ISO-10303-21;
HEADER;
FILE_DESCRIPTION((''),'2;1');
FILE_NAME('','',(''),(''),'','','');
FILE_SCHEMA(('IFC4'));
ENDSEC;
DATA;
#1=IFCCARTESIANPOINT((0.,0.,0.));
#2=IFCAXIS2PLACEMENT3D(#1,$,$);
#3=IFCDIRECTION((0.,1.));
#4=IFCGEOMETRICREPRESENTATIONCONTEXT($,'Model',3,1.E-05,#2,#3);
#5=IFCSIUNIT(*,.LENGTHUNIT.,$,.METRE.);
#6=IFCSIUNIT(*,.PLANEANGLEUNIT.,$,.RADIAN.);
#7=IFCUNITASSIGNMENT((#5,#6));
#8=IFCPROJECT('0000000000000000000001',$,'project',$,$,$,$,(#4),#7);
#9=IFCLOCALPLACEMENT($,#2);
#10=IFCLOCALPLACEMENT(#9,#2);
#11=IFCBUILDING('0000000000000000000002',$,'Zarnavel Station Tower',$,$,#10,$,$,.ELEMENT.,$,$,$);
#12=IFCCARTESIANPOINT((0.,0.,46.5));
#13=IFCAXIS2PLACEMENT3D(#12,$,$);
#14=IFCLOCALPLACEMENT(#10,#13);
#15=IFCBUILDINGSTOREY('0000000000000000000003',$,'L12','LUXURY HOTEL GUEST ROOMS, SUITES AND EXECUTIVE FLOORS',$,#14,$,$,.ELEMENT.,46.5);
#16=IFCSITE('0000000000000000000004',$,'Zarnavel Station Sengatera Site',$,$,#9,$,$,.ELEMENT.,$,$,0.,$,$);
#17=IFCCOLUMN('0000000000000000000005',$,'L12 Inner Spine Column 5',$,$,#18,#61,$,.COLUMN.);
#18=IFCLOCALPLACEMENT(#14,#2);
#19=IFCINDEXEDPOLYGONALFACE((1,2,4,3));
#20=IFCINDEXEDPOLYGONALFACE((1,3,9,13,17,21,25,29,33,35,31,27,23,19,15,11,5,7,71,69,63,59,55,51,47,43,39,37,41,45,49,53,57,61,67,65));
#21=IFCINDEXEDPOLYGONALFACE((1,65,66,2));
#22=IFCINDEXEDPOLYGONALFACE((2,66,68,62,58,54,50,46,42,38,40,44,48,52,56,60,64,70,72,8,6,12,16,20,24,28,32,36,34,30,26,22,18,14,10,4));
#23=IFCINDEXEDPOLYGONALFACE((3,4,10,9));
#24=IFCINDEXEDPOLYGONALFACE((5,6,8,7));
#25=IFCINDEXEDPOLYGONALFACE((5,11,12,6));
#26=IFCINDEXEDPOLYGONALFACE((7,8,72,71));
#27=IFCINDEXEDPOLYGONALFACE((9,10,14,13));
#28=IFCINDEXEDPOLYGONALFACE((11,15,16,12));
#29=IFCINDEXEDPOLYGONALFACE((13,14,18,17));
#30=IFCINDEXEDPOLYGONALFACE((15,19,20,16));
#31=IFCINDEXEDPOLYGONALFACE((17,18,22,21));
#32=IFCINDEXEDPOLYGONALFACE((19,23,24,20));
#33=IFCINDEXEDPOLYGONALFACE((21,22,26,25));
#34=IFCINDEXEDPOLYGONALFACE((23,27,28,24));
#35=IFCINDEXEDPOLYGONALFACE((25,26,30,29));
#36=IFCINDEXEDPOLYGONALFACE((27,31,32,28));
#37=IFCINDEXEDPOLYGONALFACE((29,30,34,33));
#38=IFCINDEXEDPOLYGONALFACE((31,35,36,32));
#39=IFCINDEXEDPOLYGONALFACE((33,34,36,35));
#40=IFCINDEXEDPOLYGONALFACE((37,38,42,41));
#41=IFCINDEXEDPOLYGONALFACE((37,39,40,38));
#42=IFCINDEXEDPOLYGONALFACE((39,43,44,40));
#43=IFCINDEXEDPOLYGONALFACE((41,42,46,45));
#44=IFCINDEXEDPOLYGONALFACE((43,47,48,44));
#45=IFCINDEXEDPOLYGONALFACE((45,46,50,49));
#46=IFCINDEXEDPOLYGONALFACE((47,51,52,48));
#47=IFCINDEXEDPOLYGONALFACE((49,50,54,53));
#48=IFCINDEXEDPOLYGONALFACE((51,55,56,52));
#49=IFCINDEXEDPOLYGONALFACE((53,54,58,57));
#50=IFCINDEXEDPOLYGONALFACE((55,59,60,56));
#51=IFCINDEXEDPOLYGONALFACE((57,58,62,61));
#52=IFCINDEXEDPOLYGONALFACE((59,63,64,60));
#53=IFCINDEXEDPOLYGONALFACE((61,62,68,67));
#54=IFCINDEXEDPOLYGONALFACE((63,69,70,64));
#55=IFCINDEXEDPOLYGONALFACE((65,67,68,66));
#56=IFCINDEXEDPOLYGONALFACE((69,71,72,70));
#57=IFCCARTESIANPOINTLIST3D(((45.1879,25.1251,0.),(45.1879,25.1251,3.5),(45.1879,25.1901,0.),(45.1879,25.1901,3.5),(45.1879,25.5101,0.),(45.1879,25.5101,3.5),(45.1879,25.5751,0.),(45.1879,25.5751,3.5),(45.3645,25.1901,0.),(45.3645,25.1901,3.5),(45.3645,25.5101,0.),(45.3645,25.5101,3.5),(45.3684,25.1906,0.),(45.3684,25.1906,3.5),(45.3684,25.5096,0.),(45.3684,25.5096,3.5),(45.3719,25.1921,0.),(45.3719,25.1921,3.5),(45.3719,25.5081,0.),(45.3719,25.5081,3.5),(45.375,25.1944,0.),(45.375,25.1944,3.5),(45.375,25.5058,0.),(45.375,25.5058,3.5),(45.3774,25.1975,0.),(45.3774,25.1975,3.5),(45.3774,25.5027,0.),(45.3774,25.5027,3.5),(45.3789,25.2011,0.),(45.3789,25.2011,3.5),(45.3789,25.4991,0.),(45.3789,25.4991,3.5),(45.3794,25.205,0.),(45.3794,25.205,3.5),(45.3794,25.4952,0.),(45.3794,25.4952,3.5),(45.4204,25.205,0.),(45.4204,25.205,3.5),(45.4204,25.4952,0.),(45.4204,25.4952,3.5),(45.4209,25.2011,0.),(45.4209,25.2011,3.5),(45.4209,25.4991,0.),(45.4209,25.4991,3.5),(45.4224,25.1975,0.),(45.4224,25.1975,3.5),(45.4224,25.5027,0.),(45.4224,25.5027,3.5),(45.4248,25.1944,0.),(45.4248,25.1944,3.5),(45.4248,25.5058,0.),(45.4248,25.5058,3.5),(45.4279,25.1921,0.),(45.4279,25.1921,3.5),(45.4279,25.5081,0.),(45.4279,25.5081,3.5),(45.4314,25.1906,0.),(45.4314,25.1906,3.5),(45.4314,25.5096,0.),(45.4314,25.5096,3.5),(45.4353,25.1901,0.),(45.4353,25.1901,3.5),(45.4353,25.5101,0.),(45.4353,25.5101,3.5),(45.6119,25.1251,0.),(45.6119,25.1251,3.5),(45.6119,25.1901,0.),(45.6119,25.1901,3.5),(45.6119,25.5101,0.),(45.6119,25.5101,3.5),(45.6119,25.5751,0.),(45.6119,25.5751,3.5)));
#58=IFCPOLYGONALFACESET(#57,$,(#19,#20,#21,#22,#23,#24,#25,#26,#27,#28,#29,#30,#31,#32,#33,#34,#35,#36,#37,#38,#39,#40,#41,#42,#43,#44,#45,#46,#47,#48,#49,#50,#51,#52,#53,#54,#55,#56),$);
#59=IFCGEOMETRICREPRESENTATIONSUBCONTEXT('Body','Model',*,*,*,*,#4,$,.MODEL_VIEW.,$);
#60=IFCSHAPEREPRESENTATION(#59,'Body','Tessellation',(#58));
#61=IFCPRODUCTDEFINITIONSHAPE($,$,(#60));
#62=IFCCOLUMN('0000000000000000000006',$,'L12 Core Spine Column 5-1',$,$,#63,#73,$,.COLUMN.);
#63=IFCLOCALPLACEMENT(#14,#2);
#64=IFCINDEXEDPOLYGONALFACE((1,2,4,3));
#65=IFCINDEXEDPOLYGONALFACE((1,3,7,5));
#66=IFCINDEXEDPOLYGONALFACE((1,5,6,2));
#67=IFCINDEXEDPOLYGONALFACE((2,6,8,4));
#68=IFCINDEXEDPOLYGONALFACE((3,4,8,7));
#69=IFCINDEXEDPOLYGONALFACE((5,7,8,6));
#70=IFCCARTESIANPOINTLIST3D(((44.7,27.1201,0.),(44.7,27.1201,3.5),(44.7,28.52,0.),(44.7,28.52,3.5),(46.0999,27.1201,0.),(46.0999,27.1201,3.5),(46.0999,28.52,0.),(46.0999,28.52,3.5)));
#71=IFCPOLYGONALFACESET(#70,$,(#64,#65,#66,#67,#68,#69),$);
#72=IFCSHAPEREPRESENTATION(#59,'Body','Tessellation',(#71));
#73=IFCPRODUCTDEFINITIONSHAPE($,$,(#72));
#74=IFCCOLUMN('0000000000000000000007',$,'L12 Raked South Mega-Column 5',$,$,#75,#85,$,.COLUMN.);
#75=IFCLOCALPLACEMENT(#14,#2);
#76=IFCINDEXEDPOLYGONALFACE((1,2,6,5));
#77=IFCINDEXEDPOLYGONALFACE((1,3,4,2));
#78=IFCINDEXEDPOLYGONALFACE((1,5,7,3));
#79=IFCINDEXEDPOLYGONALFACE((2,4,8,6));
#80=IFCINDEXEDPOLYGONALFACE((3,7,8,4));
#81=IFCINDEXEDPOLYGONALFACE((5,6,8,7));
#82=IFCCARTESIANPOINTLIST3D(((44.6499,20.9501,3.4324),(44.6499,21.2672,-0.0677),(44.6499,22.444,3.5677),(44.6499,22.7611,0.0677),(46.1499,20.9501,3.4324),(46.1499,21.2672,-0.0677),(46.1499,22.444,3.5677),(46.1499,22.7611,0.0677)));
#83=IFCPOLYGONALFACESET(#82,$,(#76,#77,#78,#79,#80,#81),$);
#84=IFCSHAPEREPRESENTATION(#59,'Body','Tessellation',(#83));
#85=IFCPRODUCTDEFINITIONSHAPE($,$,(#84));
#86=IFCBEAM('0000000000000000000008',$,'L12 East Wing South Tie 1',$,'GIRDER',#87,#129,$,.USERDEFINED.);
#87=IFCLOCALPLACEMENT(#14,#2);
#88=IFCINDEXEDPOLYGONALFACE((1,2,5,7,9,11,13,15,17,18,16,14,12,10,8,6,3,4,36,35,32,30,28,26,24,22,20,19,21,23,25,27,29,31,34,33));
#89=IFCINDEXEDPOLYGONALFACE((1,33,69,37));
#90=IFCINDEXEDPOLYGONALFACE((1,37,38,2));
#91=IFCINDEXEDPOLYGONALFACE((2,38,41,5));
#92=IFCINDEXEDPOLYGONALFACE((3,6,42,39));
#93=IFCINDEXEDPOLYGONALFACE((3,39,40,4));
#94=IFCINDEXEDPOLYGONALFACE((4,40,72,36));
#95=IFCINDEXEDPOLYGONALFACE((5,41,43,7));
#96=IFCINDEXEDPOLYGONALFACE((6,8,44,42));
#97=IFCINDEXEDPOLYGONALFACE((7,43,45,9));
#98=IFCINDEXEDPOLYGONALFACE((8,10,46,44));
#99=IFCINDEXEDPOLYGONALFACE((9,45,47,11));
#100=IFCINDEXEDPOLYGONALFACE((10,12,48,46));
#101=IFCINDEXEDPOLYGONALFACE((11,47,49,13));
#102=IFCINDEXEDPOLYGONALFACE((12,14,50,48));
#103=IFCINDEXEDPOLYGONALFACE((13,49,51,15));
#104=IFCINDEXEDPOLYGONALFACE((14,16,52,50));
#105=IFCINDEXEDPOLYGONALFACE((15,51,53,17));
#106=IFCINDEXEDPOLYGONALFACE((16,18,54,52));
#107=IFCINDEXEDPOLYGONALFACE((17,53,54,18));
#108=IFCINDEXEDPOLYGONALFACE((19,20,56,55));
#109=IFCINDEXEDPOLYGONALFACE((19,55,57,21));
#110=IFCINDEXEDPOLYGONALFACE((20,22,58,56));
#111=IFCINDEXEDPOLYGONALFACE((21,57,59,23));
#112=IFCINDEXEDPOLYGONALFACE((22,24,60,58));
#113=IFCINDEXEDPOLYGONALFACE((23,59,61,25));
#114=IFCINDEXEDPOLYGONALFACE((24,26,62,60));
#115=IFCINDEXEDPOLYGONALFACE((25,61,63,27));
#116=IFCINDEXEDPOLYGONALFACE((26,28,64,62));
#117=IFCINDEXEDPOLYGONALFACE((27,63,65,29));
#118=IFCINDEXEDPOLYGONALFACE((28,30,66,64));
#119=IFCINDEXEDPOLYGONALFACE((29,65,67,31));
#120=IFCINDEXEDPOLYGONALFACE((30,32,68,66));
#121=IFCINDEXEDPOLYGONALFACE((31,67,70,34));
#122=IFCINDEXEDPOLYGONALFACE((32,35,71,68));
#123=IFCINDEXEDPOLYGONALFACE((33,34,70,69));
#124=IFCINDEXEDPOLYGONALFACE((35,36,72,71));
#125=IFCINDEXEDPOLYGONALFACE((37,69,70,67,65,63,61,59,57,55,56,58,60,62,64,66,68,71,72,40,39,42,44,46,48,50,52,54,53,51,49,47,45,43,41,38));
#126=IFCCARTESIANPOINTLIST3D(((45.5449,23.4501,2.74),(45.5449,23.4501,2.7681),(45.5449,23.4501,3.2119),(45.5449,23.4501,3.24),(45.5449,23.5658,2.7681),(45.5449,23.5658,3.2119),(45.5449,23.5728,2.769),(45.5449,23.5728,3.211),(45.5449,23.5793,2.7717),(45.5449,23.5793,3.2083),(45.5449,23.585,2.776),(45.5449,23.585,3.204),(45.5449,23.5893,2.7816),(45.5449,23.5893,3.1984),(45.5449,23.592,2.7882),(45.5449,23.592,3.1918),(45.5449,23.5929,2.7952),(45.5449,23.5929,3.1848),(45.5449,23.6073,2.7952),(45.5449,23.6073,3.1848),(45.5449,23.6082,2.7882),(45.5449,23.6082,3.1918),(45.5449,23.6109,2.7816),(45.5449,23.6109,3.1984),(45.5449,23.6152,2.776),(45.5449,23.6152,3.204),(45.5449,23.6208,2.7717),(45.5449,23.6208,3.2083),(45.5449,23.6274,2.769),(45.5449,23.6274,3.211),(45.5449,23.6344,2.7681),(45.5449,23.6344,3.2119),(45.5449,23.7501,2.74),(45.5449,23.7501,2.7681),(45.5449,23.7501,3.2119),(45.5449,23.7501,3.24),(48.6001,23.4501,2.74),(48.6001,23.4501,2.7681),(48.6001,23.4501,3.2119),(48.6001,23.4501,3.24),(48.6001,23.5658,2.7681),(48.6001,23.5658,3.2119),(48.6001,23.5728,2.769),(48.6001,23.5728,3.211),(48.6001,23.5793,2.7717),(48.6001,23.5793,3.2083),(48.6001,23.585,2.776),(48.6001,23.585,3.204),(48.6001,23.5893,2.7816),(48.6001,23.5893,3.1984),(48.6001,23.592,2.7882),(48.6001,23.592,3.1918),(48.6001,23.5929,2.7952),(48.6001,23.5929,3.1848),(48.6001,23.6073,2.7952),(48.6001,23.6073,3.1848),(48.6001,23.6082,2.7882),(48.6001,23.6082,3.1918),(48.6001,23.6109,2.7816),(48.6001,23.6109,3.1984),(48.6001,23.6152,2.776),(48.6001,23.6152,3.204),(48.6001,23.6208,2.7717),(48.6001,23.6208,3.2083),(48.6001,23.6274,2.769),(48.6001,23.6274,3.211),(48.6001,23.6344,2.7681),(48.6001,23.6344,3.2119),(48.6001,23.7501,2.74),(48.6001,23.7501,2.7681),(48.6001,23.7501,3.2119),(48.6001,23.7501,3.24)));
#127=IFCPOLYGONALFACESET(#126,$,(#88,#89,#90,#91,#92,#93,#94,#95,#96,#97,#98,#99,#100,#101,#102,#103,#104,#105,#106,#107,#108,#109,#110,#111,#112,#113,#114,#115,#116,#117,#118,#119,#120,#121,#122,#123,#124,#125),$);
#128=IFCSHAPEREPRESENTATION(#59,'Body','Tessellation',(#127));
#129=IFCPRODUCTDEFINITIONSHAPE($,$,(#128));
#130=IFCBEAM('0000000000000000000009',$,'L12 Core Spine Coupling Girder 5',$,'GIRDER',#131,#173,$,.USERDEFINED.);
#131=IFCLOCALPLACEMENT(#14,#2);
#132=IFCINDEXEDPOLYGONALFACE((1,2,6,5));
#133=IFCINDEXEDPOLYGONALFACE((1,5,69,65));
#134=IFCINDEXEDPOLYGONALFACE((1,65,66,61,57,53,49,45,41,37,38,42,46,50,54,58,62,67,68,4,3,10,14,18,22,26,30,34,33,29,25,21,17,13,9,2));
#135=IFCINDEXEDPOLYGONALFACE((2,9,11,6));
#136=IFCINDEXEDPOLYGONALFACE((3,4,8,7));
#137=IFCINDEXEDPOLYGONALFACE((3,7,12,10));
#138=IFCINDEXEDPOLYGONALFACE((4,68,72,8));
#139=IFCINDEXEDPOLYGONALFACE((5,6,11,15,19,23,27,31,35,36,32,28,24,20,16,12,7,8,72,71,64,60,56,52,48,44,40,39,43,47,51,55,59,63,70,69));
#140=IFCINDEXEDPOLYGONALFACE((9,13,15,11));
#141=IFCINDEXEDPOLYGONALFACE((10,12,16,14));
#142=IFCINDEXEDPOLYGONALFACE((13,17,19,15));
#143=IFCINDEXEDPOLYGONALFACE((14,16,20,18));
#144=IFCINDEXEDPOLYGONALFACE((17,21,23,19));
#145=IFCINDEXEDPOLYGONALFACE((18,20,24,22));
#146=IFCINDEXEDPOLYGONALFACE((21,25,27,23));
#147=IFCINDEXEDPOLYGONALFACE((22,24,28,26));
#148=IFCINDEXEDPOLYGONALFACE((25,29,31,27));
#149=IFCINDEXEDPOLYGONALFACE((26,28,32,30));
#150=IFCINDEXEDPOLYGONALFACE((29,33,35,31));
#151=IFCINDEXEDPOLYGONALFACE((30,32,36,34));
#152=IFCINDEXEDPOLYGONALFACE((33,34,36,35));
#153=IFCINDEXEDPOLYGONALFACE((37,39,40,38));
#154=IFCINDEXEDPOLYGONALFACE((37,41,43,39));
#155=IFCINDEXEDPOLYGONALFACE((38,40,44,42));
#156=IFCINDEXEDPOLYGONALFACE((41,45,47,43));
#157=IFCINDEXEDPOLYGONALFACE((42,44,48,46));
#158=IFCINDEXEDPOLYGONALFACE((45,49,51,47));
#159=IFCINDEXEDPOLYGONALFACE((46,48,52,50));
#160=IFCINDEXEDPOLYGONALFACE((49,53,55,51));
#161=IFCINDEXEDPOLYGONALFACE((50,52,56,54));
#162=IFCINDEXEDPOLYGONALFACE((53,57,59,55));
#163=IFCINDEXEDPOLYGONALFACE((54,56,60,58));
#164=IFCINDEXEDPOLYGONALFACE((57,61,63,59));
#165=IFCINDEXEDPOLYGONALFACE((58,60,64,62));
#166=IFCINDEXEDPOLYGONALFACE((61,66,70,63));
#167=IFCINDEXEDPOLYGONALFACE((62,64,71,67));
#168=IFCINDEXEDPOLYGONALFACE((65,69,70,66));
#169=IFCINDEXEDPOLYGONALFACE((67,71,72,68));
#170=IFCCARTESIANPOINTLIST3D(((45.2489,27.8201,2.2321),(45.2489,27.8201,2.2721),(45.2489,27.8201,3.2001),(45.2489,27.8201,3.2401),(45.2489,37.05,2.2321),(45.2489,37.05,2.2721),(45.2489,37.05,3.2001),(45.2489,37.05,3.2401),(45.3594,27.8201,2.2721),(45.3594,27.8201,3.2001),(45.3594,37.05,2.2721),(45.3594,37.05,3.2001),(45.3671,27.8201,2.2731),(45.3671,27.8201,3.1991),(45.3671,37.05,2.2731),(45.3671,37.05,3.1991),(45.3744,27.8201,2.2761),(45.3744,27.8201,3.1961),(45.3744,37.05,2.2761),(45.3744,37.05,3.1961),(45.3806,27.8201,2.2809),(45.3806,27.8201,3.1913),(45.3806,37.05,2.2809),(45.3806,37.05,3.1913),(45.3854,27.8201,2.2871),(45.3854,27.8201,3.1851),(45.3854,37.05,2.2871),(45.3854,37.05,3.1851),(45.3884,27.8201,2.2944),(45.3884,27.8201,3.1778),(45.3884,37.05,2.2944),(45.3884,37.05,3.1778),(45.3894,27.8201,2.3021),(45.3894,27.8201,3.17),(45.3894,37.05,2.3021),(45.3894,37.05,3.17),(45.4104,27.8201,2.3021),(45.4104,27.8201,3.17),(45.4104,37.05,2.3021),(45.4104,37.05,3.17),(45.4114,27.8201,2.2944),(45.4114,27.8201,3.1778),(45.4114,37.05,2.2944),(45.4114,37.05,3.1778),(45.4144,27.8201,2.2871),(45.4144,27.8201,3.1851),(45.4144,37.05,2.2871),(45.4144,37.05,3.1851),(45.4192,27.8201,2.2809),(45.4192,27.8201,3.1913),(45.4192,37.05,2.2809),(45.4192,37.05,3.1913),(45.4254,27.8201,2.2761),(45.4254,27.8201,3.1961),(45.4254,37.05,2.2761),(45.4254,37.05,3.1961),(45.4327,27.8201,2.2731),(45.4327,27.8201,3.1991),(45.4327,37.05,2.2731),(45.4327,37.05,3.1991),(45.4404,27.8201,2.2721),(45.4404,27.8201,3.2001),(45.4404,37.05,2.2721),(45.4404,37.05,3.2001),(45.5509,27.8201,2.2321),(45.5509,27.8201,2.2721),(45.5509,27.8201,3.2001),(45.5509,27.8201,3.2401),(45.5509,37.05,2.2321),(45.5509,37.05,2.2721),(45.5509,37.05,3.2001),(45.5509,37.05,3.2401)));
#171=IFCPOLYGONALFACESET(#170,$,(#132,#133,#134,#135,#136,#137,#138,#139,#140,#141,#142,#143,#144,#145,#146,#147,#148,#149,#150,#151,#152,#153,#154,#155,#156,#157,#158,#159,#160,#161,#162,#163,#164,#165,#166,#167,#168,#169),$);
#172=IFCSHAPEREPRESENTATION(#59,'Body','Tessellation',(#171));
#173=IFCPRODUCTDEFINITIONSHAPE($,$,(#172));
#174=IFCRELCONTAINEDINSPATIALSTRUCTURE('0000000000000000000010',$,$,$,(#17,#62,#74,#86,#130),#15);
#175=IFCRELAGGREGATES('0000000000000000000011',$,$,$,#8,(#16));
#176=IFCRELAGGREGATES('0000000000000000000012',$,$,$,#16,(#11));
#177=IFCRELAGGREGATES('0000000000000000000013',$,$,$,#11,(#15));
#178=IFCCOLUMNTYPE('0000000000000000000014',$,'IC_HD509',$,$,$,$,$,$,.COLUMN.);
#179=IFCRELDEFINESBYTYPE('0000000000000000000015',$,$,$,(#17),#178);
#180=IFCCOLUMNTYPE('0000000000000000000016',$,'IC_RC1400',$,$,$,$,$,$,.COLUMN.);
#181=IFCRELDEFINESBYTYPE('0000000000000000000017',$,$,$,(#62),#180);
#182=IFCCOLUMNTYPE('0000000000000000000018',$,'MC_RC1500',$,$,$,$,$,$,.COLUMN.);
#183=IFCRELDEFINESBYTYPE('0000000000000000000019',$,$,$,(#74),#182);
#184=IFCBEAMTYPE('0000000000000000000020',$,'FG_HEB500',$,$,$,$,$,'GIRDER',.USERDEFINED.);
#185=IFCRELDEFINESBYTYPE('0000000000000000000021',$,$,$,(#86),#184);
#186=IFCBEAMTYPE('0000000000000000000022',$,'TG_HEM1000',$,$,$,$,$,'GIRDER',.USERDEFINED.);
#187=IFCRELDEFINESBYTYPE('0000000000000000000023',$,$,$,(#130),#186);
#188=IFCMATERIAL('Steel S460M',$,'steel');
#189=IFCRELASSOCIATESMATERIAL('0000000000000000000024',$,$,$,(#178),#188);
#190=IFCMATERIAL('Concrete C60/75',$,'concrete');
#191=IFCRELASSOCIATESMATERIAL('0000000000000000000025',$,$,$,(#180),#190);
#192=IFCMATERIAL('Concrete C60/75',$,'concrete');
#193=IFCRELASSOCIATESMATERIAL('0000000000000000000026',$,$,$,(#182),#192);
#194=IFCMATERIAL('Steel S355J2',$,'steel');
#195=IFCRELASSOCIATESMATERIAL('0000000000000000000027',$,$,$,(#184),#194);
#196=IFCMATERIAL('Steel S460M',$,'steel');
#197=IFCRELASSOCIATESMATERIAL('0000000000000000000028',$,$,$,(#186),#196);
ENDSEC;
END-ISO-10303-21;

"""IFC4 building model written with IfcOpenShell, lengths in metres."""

from ifc_helpers import new_model, si_unit, direction, frame, origin, origin_2d, place, context, subcontext, project, spatial, rectangle, i_section, extrude, material, material_profile, profile_set, type_object, element, save


model = new_model("IFC4")

# Units and contexts
model_context = context("Model", 3, precision=1e-05, world=origin(), true_north=direction((0.0, 1.0)))
body_context = subcontext(model_context, "Body", "Model", "MODEL_VIEW")
ifc_project = project(units=[si_unit("LENGTHUNIT", "METRE"), si_unit("PLANEANGLEUNIT", "RADIAN")], contexts=[model_context])

# Site, building, storey
site_placement = place(None, origin())
site = spatial("IfcSite", under=ifc_project, at=site_placement, Name="Zarnavel Station Sengatera Site", CompositionType="ELEMENT", RefElevation=0.0)
building_placement = place(site_placement, origin())
building = spatial("IfcBuilding", under=site, at=building_placement, Name="Zarnavel Station Tower", CompositionType="ELEMENT")
storey_placement = place(building_placement, frame((0.0, 0.0, 46.5)))
storey = spatial("IfcBuildingStorey", under=building, at=storey_placement, Name="L12", Description="LUXURY HOTEL GUEST ROOMS, SUITES AND EXECUTIVE FLOORS", CompositionType="ELEMENT", Elevation=46.5)

# Columns
ifc_material_1 = material(Name="Steel S460M", Category="steel")
ifc_material_profile_1 = material_profile(ifc_material_1, i_section(OverallWidth=0.4241, OverallDepth=0.45, WebThickness=0.041, FlangeThickness=0.0649, FilletRadius=0.0149, at=origin_2d()), Name="HD400x509")
ifc_profile_set_1 = profile_set([ifc_material_profile_1], Name="Steel S460M")
column_type_1 = type_object("IfcColumnType", Name="IC_HD509", PredefinedType="COLUMN", material=ifc_profile_set_1)
column_1_placement = place(storey_placement, frame((45.3999, 25.3501, 0.0), z_axis=(0.0, 0.0, 1.0), x_axis=(1.0, 0.0, 0.0)))
element("IfcColumn", 1, at=column_1_placement, inside=storey, type_object=column_type_1, Name="L12 Inner Spine Column 5", PredefinedType="COLUMN", context=body_context, shape_type="SweptSolid", body=[
    extrude(i_section(OverallWidth=0.4241, OverallDepth=0.45, WebThickness=0.041, FlangeThickness=0.0649, FilletRadius=0.0149, at=origin_2d()), origin(), (0.0, 0.0, 1.0), 3.5),
])
ifc_material_2 = material(Name="Concrete C60/75", Category="concrete")
ifc_material_profile_2 = material_profile(ifc_material_2, rectangle(XDim=1.3999, YDim=1.3999, at=origin_2d()), Name="RC1400x1400")
ifc_profile_set_2 = profile_set([ifc_material_profile_2], Name="Concrete C60/75")
column_type_2 = type_object("IfcColumnType", Name="IC_RC1400", PredefinedType="COLUMN", material=ifc_profile_set_2)
column_2_placement = place(storey_placement, frame((45.3999, 27.8201, 0.0), z_axis=(0.0, 0.0, 1.0), x_axis=(1.0, 0.0, 0.0)))
element("IfcColumn", 2, at=column_2_placement, inside=storey, type_object=column_type_2, Name="L12 Core Spine Column 5-1", PredefinedType="COLUMN", context=body_context, shape_type="SweptSolid", body=[
    extrude(rectangle(XDim=1.3999, YDim=1.3999, at=origin_2d()), origin(), (0.0, 0.0, 1.0), 3.5),
])
ifc_material_3 = material(Name="Concrete C60/75", Category="concrete")
ifc_material_profile_3 = material_profile(ifc_material_3, rectangle(XDim=1.5, YDim=1.5, at=origin_2d()), Name="RC1500x1500")
ifc_profile_set_3 = profile_set([ifc_material_profile_3], Name="Concrete C60/75")
column_type_3 = type_object("IfcColumnType", Name="MC_RC1500", PredefinedType="COLUMN", material=ifc_profile_set_3)
column_3_placement = place(storey_placement, frame((45.3999, 22.0142, 0.0), z_axis=(0.0, -0.090241, 0.99592), x_axis=(1.0, 0.0, 0.0)))
element("IfcColumn", 3, at=column_3_placement, inside=storey, type_object=column_type_3, Name="L12 Raked South Mega-Column 5", PredefinedType="COLUMN", context=body_context, shape_type="SweptSolid", body=[
    extrude(rectangle(XDim=1.5, YDim=1.5, at=origin_2d()), origin(), (0.0, 0.0, 1.0), 3.5144),
])

# Beams
ifc_material_4 = material(Name="Steel S355J2", Category="steel")
ifc_material_profile_4 = material_profile(ifc_material_4, i_section(OverallWidth=0.3, OverallDepth=0.5, WebThickness=0.0144, FlangeThickness=0.0281, FilletRadius=0.0271, at=origin_2d()), Name="HEB500")
ifc_profile_set_4 = profile_set([ifc_material_profile_4], Name="Steel S355J2")
beam_type_1 = type_object("IfcBeamType", Name="FG_HEB500", ElementType="GIRDER", PredefinedType="USERDEFINED", material=ifc_profile_set_4)
beam_1_placement = place(storey_placement, frame((45.5449, 23.6001, 2.99), z_axis=(1.0, 0.0, 0.0), x_axis=(0.0, 1.0, 0.0)))
element("IfcBeam", 4, at=beam_1_placement, inside=storey, type_object=beam_type_1, Name="L12 East Wing South Tie 1", ObjectType="GIRDER", PredefinedType="USERDEFINED", context=body_context, shape_type="SweptSolid", body=[
    extrude(i_section(OverallWidth=0.3, OverallDepth=0.5, WebThickness=0.0144, FlangeThickness=0.0281, FilletRadius=0.0271, at=origin_2d()), origin(), (0.0, 0.0, 1.0), 3.0552),
])
ifc_material_5 = material(Name="Steel S460M", Category="steel")
ifc_material_profile_5 = material_profile(ifc_material_5, i_section(OverallWidth=0.302, OverallDepth=1.0081, WebThickness=0.021, FlangeThickness=0.04, FilletRadius=0.03, at=origin_2d()), Name="HEM1000")
ifc_profile_set_5 = profile_set([ifc_material_profile_5], Name="Steel S460M")
beam_type_2 = type_object("IfcBeamType", Name="TG_HEM1000", ElementType="GIRDER", PredefinedType="USERDEFINED", material=ifc_profile_set_5)
beam_2_placement = place(storey_placement, frame((45.3999, 27.8201, 2.7361), z_axis=(0.0, 1.0, 0.0), x_axis=(-1.0, 0.0, 0.0)))
element("IfcBeam", 5, at=beam_2_placement, inside=storey, type_object=beam_type_2, Name="L12 Core Spine Coupling Girder 5", ObjectType="GIRDER", PredefinedType="USERDEFINED", context=body_context, shape_type="SweptSolid", body=[
    extrude(i_section(OverallWidth=0.302, OverallDepth=1.0081, WebThickness=0.021, FlangeThickness=0.04, FilletRadius=0.03, at=origin_2d()), origin(), (0.0, 0.0, 1.0), 9.23),
])

save(model, "model.ifc")
